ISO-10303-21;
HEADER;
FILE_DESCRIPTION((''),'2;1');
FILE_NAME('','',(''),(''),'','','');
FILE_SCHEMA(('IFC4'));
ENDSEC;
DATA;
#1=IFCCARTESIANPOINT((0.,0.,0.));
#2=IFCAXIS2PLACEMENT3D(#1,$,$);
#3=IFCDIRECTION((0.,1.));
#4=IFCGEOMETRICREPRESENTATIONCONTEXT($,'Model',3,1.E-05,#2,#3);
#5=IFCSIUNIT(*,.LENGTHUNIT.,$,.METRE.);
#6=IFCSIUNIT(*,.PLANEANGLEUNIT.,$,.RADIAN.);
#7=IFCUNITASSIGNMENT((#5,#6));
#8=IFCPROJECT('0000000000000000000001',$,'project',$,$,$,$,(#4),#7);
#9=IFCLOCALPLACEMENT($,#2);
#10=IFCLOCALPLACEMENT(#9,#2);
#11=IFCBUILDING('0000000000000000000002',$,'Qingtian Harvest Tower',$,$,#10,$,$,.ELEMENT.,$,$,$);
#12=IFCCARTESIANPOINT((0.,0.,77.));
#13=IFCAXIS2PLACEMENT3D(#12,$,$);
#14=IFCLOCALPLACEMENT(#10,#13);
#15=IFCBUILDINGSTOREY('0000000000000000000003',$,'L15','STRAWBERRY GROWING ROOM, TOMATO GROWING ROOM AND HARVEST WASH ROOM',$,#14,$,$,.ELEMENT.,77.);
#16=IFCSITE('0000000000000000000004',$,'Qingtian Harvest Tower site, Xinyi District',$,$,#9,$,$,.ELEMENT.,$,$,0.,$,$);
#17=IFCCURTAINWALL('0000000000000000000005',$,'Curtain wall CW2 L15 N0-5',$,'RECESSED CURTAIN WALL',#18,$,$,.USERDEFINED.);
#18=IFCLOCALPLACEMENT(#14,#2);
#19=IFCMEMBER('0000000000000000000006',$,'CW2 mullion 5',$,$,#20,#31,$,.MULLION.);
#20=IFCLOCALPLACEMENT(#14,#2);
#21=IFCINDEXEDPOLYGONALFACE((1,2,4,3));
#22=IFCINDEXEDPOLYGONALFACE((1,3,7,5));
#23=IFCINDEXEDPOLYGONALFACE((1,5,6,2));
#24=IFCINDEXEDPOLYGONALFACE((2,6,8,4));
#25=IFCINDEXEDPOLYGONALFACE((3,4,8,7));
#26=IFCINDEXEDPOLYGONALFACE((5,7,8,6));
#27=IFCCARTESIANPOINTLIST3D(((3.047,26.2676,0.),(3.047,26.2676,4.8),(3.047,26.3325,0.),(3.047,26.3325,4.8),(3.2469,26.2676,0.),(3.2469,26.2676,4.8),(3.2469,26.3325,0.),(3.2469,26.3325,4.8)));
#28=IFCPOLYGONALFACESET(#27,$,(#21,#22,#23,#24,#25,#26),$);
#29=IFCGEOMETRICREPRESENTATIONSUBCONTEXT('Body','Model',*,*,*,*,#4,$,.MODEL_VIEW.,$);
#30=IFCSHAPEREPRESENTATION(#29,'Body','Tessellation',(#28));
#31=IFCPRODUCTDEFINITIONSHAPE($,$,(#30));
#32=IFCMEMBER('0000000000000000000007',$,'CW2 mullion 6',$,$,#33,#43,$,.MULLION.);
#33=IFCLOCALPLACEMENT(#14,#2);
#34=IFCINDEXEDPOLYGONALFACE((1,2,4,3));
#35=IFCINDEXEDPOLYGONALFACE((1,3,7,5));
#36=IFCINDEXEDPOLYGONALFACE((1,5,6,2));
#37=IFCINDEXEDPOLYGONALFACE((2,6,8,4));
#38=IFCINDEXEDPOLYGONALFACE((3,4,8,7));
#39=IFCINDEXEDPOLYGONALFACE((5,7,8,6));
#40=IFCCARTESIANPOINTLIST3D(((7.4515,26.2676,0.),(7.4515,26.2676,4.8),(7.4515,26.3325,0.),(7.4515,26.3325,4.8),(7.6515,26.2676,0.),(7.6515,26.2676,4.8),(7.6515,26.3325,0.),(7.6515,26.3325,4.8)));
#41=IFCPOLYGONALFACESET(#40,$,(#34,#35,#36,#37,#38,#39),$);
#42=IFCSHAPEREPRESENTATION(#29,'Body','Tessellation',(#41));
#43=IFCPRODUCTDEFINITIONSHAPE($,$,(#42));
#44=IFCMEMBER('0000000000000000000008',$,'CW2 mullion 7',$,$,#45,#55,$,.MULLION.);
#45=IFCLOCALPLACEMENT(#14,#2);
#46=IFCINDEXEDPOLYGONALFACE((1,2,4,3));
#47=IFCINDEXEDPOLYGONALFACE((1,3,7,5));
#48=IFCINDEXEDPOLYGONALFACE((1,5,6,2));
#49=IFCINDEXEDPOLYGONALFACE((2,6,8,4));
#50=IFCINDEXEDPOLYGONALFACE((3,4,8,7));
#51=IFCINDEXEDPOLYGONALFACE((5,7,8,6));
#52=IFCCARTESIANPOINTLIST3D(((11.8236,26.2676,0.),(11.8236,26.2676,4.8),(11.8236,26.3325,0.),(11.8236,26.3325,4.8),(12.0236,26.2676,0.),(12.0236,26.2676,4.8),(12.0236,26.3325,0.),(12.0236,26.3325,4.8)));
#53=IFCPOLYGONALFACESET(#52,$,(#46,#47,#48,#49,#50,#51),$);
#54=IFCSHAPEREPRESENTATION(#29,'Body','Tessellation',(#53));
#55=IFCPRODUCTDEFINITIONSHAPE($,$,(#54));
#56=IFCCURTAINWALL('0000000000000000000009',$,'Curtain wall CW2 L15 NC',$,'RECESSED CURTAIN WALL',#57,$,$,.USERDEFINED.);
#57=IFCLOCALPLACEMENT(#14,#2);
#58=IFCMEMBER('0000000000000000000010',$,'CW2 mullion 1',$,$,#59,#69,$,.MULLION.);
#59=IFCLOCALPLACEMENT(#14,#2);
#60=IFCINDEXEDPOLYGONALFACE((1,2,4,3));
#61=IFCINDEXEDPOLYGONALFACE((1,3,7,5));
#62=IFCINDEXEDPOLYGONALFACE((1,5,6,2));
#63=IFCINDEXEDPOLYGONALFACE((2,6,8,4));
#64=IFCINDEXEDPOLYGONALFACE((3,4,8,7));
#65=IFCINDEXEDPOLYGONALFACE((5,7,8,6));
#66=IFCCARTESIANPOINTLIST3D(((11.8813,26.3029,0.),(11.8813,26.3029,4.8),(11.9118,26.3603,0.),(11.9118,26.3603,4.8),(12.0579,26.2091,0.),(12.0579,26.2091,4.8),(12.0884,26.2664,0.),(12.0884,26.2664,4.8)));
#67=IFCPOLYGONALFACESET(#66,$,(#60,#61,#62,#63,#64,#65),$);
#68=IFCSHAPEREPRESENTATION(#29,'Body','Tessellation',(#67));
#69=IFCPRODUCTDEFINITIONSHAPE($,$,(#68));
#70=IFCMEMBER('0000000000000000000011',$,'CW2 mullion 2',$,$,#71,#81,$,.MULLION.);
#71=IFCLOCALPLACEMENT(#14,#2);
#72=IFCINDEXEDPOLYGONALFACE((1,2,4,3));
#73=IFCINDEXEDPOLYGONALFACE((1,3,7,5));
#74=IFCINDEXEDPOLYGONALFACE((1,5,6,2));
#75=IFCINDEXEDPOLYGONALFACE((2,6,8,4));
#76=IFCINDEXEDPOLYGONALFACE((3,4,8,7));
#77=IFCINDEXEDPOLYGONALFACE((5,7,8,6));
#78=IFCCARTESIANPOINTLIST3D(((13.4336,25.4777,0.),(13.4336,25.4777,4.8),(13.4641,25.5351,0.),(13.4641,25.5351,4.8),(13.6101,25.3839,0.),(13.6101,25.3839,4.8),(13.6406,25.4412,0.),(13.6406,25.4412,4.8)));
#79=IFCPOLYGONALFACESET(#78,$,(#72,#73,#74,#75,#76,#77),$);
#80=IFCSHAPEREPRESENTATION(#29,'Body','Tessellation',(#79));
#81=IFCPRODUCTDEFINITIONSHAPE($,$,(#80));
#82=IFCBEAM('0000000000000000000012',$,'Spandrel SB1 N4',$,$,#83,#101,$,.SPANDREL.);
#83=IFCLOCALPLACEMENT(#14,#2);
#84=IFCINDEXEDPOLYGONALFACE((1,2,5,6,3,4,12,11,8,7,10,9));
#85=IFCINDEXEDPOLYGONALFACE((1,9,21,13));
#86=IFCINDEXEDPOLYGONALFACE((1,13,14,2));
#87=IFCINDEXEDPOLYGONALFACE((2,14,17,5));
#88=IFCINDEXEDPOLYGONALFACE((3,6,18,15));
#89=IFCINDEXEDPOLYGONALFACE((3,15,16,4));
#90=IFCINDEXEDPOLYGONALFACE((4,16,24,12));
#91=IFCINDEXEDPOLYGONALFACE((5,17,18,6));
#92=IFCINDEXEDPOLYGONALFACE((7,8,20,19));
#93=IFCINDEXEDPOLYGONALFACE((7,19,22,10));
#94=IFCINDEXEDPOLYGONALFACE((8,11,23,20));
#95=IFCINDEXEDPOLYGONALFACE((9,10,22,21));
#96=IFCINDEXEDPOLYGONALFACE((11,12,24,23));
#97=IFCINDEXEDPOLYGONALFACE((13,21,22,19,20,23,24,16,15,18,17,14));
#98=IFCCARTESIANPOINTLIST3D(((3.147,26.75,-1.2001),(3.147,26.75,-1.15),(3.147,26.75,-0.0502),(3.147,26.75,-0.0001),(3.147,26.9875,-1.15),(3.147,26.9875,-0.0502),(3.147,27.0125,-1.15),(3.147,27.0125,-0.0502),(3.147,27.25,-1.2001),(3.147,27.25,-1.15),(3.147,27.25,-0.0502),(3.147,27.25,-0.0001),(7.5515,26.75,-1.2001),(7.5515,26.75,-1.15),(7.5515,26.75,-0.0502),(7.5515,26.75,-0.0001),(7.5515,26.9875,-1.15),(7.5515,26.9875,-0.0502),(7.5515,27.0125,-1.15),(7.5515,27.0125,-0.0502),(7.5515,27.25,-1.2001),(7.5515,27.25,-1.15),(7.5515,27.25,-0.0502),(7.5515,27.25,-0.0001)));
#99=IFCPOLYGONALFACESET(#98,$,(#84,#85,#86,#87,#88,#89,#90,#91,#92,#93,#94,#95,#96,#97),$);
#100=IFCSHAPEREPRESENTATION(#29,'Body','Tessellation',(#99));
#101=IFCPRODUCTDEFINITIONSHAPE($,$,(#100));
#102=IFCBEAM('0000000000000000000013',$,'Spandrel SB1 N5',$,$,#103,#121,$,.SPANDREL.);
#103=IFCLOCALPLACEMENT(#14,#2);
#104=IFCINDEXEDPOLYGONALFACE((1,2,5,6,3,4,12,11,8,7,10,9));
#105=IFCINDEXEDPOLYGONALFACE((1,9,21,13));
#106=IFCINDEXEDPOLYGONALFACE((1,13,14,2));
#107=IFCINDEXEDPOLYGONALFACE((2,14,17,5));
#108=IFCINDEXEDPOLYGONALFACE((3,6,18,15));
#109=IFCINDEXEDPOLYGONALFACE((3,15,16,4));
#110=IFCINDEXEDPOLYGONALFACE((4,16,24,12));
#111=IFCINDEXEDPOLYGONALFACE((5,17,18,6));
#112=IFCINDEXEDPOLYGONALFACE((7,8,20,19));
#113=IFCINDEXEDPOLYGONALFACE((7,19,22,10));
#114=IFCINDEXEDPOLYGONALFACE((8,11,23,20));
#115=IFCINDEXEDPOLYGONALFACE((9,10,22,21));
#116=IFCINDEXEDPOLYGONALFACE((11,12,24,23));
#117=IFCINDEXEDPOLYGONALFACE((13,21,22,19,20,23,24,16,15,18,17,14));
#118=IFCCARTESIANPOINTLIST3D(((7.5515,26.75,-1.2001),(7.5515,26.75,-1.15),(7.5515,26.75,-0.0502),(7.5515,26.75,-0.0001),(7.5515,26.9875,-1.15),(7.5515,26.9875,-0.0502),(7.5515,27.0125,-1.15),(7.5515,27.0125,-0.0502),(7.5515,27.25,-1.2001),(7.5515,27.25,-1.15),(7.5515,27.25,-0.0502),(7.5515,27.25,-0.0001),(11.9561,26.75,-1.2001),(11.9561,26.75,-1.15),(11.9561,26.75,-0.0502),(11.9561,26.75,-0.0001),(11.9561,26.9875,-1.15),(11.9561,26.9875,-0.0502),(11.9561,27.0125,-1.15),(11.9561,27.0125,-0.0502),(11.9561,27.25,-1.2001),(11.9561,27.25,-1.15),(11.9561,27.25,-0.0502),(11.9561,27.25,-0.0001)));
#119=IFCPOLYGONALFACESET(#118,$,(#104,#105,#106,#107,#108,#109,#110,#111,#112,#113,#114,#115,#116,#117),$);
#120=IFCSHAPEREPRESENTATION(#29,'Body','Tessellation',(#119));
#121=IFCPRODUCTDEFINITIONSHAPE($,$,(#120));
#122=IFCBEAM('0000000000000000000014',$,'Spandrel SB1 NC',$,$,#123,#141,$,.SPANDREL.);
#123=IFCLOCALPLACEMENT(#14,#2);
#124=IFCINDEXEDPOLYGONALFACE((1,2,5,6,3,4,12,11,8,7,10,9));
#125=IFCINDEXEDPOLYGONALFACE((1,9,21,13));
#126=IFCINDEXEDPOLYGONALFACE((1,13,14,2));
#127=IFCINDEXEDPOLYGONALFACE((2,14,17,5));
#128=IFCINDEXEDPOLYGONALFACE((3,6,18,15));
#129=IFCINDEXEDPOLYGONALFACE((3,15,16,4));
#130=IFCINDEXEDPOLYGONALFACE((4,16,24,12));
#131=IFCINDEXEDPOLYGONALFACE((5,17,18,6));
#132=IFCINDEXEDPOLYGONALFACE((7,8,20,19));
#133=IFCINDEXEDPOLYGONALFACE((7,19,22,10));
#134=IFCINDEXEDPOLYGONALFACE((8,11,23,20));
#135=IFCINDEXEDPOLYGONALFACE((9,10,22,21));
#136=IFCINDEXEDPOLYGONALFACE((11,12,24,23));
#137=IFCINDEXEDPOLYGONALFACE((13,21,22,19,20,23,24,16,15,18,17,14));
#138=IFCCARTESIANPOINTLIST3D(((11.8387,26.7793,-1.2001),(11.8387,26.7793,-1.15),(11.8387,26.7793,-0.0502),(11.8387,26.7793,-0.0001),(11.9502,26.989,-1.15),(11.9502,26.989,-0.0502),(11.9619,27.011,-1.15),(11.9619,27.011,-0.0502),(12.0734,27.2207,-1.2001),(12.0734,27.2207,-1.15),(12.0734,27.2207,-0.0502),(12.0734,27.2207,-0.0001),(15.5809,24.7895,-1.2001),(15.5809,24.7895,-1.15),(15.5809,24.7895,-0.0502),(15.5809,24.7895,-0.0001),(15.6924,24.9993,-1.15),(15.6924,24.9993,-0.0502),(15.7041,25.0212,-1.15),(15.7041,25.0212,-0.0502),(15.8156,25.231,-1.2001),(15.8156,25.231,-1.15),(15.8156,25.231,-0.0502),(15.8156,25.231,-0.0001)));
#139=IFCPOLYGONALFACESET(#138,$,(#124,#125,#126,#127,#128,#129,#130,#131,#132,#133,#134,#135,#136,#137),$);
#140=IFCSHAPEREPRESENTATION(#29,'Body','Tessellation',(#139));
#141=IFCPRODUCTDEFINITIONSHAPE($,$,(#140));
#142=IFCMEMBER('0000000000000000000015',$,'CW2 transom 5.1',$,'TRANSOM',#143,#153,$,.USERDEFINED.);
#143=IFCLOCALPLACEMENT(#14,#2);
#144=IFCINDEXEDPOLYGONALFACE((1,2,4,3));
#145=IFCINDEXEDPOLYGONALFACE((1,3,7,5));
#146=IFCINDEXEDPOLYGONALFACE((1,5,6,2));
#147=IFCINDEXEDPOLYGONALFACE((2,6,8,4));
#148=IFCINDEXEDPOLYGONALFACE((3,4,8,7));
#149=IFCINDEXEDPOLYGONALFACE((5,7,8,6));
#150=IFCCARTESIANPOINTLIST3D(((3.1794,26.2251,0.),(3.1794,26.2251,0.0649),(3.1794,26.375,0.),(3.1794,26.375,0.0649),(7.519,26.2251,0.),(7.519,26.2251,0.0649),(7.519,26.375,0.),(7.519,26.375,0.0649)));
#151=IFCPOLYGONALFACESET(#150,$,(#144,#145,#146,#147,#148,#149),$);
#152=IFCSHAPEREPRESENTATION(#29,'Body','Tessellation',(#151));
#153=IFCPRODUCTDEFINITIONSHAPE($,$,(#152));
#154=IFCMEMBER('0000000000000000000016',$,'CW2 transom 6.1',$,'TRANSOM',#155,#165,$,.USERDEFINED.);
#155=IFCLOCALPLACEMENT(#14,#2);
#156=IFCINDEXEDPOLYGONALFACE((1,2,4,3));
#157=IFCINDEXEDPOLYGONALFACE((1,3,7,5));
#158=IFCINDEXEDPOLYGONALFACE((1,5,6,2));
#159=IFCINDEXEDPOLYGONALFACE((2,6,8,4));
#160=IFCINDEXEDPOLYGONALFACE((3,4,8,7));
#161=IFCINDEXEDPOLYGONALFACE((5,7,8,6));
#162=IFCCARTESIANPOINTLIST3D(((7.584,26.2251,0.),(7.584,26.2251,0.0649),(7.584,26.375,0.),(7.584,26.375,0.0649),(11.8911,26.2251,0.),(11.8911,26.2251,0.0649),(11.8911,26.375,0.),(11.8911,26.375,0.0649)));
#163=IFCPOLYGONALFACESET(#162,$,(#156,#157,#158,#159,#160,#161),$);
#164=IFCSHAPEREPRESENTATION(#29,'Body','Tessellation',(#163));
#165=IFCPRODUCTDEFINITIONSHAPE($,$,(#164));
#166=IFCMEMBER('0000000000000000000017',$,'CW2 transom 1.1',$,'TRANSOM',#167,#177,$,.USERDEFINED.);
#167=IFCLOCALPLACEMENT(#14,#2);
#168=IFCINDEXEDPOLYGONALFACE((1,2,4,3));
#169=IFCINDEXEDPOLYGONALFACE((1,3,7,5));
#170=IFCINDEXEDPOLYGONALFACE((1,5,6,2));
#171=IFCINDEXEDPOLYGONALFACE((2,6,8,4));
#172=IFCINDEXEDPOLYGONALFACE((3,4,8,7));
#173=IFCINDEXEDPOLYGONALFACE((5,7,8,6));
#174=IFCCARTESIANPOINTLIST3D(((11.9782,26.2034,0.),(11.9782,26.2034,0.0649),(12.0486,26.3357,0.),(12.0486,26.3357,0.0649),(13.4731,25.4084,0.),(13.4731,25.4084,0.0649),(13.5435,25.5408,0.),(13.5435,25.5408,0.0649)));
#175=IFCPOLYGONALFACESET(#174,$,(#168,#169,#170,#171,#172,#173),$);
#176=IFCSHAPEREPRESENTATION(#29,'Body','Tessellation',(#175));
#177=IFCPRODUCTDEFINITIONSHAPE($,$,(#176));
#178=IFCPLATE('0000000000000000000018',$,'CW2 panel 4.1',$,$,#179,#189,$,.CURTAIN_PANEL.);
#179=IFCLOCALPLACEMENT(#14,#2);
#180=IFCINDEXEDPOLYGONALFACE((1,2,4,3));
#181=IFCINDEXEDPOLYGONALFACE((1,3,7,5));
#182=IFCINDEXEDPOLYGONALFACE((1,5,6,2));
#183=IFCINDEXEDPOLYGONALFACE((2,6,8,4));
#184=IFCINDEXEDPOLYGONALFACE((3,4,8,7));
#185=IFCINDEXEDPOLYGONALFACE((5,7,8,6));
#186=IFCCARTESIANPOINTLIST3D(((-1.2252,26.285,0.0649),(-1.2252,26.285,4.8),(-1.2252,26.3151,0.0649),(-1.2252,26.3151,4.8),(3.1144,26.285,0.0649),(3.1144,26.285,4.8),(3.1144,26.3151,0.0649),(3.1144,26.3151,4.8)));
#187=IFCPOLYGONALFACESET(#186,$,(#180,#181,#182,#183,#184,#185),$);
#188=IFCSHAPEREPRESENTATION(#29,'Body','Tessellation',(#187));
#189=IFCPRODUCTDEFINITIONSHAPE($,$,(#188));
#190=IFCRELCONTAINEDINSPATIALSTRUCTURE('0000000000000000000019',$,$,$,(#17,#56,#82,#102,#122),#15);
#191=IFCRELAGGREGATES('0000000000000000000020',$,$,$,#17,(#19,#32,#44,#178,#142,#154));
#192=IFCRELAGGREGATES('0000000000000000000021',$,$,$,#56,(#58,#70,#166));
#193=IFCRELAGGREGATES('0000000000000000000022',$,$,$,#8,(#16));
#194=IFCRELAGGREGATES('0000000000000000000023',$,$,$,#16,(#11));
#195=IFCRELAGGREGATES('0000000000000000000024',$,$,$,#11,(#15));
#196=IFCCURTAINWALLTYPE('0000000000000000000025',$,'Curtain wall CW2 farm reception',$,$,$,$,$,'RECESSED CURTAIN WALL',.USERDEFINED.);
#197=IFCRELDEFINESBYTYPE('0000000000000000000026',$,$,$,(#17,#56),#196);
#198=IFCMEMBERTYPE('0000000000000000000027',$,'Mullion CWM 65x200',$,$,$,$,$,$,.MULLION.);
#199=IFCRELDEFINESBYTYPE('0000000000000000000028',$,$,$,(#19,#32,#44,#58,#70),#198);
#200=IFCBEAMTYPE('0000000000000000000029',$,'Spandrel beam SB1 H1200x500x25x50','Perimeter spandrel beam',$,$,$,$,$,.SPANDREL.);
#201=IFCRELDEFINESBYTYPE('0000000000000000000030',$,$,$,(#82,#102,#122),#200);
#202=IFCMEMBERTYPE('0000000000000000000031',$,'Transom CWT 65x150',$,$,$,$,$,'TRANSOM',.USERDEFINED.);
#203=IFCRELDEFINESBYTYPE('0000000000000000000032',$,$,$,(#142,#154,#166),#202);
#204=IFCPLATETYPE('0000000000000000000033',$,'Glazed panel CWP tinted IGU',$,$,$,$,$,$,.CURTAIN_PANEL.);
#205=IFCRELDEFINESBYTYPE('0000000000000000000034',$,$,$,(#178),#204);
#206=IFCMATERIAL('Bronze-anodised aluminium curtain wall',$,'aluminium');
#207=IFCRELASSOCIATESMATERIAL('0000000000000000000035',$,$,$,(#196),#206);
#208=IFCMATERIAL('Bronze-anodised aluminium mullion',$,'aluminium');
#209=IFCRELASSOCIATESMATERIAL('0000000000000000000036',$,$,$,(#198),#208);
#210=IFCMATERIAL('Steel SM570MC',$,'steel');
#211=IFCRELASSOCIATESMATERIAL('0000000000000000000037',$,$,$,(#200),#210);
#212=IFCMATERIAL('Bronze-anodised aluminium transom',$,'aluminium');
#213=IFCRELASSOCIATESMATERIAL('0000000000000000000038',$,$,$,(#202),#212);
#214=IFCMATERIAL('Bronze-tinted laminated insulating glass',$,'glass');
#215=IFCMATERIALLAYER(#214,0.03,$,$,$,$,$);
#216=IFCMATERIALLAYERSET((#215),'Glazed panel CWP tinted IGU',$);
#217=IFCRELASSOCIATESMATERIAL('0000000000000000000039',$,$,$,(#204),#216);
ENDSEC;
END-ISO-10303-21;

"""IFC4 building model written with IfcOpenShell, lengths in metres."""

from ifc_helpers import new_model, si_unit, direction, frame, origin, origin_2d, place, context, subcontext, project, spatial, rectangle, i_section, extrude, material, layer, layer_set, material_profile, profile_set, type_object, element, aggregate, save


model = new_model("IFC4")

# Units and contexts
model_context = context("Model", 3, precision=1e-05, world=origin(), true_north=direction((0.0, 1.0)))
body_context = subcontext(model_context, "Body", "Model", "MODEL_VIEW")
ifc_project = project(units=[si_unit("LENGTHUNIT", "METRE"), si_unit("PLANEANGLEUNIT", "RADIAN")], contexts=[model_context])

# Site, building, storey
site_placement = place(None, origin())
site = spatial("IfcSite", under=ifc_project, at=site_placement, Name="Qingtian Harvest Tower site, Xinyi District", CompositionType="ELEMENT", RefElevation=0.0)
building_placement = place(site_placement, origin())
building = spatial("IfcBuilding", under=site, at=building_placement, Name="Qingtian Harvest Tower", CompositionType="ELEMENT")
storey_placement = place(building_placement, frame((0.0, 0.0, 77.0)))
storey = spatial("IfcBuildingStorey", under=building, at=storey_placement, Name="L15", Description="STRAWBERRY GROWING ROOM, TOMATO GROWING ROOM AND HARVEST WASH ROOM", CompositionType="ELEMENT", Elevation=77.0)

# Curtain walls, members
ifc_material_1 = material(Name="Bronze-anodised aluminium curtain wall", Category="aluminium")
curtain_wall_type = type_object("IfcCurtainWallType", Name="Curtain wall CW2 farm reception", ElementType="RECESSED CURTAIN WALL", PredefinedType="USERDEFINED", material=ifc_material_1)
curtain_wall_1_placement = place(storey_placement, origin())
curtain_wall_1 = element("IfcCurtainWall", 1, at=curtain_wall_1_placement, inside=storey, type_object=curtain_wall_type, Name="Curtain wall CW2 L15 N0-5", ObjectType="RECESSED CURTAIN WALL", PredefinedType="USERDEFINED")
ifc_material_2 = material(Name="Bronze-anodised aluminium mullion", Category="aluminium")
ifc_material_profile_1 = material_profile(ifc_material_2, rectangle(XDim=0.0649, YDim=0.2, at=origin_2d()), Name="AL 65x200")
ifc_profile_set_1 = profile_set([ifc_material_profile_1], Name="Bronze-anodised aluminium mullion")
member_type_1 = type_object("IfcMemberType", Name="Mullion CWM 65x200", PredefinedType="MULLION", material=ifc_profile_set_1)
member_1_placement = place(storey_placement, frame((3.147, 26.3, 0.0), z_axis=(0.0, 0.0, 1.0), x_axis=(0.0, 1.0, 0.0)))
member_1 = element("IfcMember", 2, at=member_1_placement, type_object=member_type_1, Name="CW2 mullion 5", PredefinedType="MULLION", context=body_context, shape_type="SweptSolid", body=[
    extrude(rectangle(XDim=0.0649, YDim=0.2, at=origin_2d()), origin(), (0.0, 0.0, 1.0), 4.8),
])
member_2_placement = place(storey_placement, frame((7.5515, 26.3, 0.0), z_axis=(0.0, 0.0, 1.0), x_axis=(0.0, 1.0, 0.0)))
member_2 = element("IfcMember", 3, at=member_2_placement, type_object=member_type_1, Name="CW2 mullion 6", PredefinedType="MULLION", context=body_context, shape_type="SweptSolid", body=[
    extrude(rectangle(XDim=0.0649, YDim=0.2, at=origin_2d()), origin(), (0.0, 0.0, 1.0), 4.8),
])
member_3_placement = place(storey_placement, frame((11.9236, 26.3, 0.0), z_axis=(0.0, 0.0, 1.0), x_axis=(0.0, 1.0, 0.0)))
member_3 = element("IfcMember", 4, at=member_3_placement, type_object=member_type_1, Name="CW2 mullion 7", PredefinedType="MULLION", context=body_context, shape_type="SweptSolid", body=[
    extrude(rectangle(XDim=0.0649, YDim=0.2, at=origin_2d()), origin(), (0.0, 0.0, 1.0), 4.8),
])
curtain_wall_2_placement = place(storey_placement, origin())
curtain_wall_2 = element("IfcCurtainWall", 5, at=curtain_wall_2_placement, inside=storey, type_object=curtain_wall_type, Name="Curtain wall CW2 L15 NC", ObjectType="RECESSED CURTAIN WALL", PredefinedType="USERDEFINED")
member_4_placement = place(storey_placement, frame((11.9849, 26.2847, 0.0), z_axis=(0.0, 0.0, 1.0), x_axis=(0.469472, 0.882948, 0.0)))
member_4 = element("IfcMember", 6, at=member_4_placement, type_object=member_type_1, Name="CW2 mullion 1", PredefinedType="MULLION", context=body_context, shape_type="SweptSolid", body=[
    extrude(rectangle(XDim=0.0649, YDim=0.2, at=origin_2d()), origin(), (0.0, 0.0, 1.0), 4.8),
])
member_5_placement = place(storey_placement, frame((13.5371, 25.4595, 0.0), z_axis=(0.0, 0.0, 1.0), x_axis=(0.469472, 0.882948, 0.0)))
member_5 = element("IfcMember", 7, at=member_5_placement, type_object=member_type_1, Name="CW2 mullion 2", PredefinedType="MULLION", context=body_context, shape_type="SweptSolid", body=[
    extrude(rectangle(XDim=0.0649, YDim=0.2, at=origin_2d()), origin(), (0.0, 0.0, 1.0), 4.8),
])

# Beams
ifc_material_3 = material(Name="Steel SM570MC", Category="steel")
ifc_material_profile_2 = material_profile(ifc_material_3, i_section(OverallWidth=0.5, OverallDepth=1.2, WebThickness=0.0249, FlangeThickness=0.05, at=origin_2d()), Name="H1200x500x25x50")
ifc_profile_set_2 = profile_set([ifc_material_profile_2], Name="Steel SM570MC")
beam_type_1 = type_object("IfcBeamType", Name="Spandrel beam SB1 H1200x500x25x50", Description="Perimeter spandrel beam", PredefinedType="SPANDREL", material=ifc_profile_set_2)
for number, where, z_axis, x_axis, name in (
    (8, (3.147, 27.0, -0.6001), (1.0, 0.0, 0.0), (0.0, 1.0, 0.0), "Spandrel SB1 N4"),
    (9, (7.5515, 27.0, -0.6001), (1.0, 0.0, 0.0), (0.0, 1.0, 0.0), "Spandrel SB1 N5"),
):
    element("IfcBeam", number, at=place(storey_placement, frame(where, z_axis=z_axis, x_axis=x_axis)), inside=storey, type_object=beam_type_1, Name=name, PredefinedType="SPANDREL", context=body_context, shape_type="SweptSolid", body=[
        extrude(i_section(OverallWidth=0.5, OverallDepth=1.2, WebThickness=0.0249, FlangeThickness=0.05, at=origin_2d()), origin(), (0.0, 0.0, 1.0), 4.4045),
    ])
beam_1_placement = place(storey_placement, frame((11.9561, 27.0, -0.6001), z_axis=(0.882949, -0.46947, 0.0), x_axis=(0.46947, 0.882949, 0.0)))
element("IfcBeam", 10, at=beam_1_placement, inside=storey, type_object=beam_type_1, Name="Spandrel SB1 NC", PredefinedType="SPANDREL", context=body_context, shape_type="SweptSolid", body=[
    extrude(i_section(OverallWidth=0.5, OverallDepth=1.2, WebThickness=0.0249, FlangeThickness=0.05, at=origin_2d()), origin(), (0.0, 0.0, 1.0), 4.2383),
])

# Members
ifc_material_4 = material(Name="Bronze-anodised aluminium transom", Category="aluminium")
ifc_material_profile_3 = material_profile(ifc_material_4, rectangle(XDim=0.1499, YDim=0.0649, at=origin_2d()), Name="AL 65x150")
ifc_profile_set_3 = profile_set([ifc_material_profile_3], Name="Bronze-anodised aluminium transom")
member_type_2 = type_object("IfcMemberType", Name="Transom CWT 65x150", ElementType="TRANSOM", PredefinedType="USERDEFINED", material=ifc_profile_set_3)
member_6_placement = place(storey_placement, frame((3.1794, 26.3, 0.0325), z_axis=(1.0, 0.0, 0.0), x_axis=(0.0, 1.0, 0.0)))
member_6 = element("IfcMember", 11, at=member_6_placement, type_object=member_type_2, Name="CW2 transom 5.1", ObjectType="TRANSOM", PredefinedType="USERDEFINED", context=body_context, shape_type="SweptSolid", body=[
    extrude(rectangle(XDim=0.1499, YDim=0.0649, at=origin_2d()), origin(), (0.0, 0.0, 1.0), 4.3396),
])
member_7_placement = place(storey_placement, frame((7.584, 26.3, 0.0325), z_axis=(1.0, 0.0, 0.0), x_axis=(0.0, 1.0, 0.0)))
member_7 = element("IfcMember", 12, at=member_7_placement, type_object=member_type_2, Name="CW2 transom 6.1", ObjectType="TRANSOM", PredefinedType="USERDEFINED", context=body_context, shape_type="SweptSolid", body=[
    extrude(rectangle(XDim=0.1499, YDim=0.0649, at=origin_2d()), origin(), (0.0, 0.0, 1.0), 4.3071),
])
member_8_placement = place(storey_placement, frame((12.0134, 26.2695, 0.0325), z_axis=(0.882927, -0.46951, 0.0), x_axis=(0.46951, 0.882927, 0.0)))
member_8 = element("IfcMember", 13, at=member_8_placement, type_object=member_type_2, Name="CW2 transom 1.1", ObjectType="TRANSOM", PredefinedType="USERDEFINED", context=body_context, shape_type="SweptSolid", body=[
    extrude(rectangle(XDim=0.1499, YDim=0.0649, at=origin_2d()), origin(), (0.0, 0.0, 1.0), 1.6931),
])

# Plate
ifc_material_5 = material(Name="Bronze-tinted laminated insulating glass", Category="glass")
ifc_layer_1 = layer(ifc_material_5, 0.03)
ifc_layer_set_1 = layer_set([ifc_layer_1], Name="Glazed panel CWP tinted IGU")
plate_type = type_object("IfcPlateType", Name="Glazed panel CWP tinted IGU", PredefinedType="CURTAIN_PANEL", material=ifc_layer_set_1)
plate_1_placement = place(storey_placement, frame((0.9446, 26.3, 0.0649), z_axis=(0.0, 0.0, 1.0), x_axis=(1.0, 0.0, 0.0)))
plate_1 = element("IfcPlate", 14, at=plate_1_placement, type_object=plate_type, Name="CW2 panel 4.1", PredefinedType="CURTAIN_PANEL", context=body_context, shape_type="SweptSolid", body=[
    extrude(rectangle(XDim=4.3396, YDim=0.03, at=origin_2d()), origin(), (0.0, 0.0, 1.0), 4.7351),
])
aggregate(curtain_wall_1, [member_1, member_2, member_3, plate_1, member_6, member_7])
aggregate(curtain_wall_2, [member_4, member_5, member_8])

save(model, "model.ifc")
